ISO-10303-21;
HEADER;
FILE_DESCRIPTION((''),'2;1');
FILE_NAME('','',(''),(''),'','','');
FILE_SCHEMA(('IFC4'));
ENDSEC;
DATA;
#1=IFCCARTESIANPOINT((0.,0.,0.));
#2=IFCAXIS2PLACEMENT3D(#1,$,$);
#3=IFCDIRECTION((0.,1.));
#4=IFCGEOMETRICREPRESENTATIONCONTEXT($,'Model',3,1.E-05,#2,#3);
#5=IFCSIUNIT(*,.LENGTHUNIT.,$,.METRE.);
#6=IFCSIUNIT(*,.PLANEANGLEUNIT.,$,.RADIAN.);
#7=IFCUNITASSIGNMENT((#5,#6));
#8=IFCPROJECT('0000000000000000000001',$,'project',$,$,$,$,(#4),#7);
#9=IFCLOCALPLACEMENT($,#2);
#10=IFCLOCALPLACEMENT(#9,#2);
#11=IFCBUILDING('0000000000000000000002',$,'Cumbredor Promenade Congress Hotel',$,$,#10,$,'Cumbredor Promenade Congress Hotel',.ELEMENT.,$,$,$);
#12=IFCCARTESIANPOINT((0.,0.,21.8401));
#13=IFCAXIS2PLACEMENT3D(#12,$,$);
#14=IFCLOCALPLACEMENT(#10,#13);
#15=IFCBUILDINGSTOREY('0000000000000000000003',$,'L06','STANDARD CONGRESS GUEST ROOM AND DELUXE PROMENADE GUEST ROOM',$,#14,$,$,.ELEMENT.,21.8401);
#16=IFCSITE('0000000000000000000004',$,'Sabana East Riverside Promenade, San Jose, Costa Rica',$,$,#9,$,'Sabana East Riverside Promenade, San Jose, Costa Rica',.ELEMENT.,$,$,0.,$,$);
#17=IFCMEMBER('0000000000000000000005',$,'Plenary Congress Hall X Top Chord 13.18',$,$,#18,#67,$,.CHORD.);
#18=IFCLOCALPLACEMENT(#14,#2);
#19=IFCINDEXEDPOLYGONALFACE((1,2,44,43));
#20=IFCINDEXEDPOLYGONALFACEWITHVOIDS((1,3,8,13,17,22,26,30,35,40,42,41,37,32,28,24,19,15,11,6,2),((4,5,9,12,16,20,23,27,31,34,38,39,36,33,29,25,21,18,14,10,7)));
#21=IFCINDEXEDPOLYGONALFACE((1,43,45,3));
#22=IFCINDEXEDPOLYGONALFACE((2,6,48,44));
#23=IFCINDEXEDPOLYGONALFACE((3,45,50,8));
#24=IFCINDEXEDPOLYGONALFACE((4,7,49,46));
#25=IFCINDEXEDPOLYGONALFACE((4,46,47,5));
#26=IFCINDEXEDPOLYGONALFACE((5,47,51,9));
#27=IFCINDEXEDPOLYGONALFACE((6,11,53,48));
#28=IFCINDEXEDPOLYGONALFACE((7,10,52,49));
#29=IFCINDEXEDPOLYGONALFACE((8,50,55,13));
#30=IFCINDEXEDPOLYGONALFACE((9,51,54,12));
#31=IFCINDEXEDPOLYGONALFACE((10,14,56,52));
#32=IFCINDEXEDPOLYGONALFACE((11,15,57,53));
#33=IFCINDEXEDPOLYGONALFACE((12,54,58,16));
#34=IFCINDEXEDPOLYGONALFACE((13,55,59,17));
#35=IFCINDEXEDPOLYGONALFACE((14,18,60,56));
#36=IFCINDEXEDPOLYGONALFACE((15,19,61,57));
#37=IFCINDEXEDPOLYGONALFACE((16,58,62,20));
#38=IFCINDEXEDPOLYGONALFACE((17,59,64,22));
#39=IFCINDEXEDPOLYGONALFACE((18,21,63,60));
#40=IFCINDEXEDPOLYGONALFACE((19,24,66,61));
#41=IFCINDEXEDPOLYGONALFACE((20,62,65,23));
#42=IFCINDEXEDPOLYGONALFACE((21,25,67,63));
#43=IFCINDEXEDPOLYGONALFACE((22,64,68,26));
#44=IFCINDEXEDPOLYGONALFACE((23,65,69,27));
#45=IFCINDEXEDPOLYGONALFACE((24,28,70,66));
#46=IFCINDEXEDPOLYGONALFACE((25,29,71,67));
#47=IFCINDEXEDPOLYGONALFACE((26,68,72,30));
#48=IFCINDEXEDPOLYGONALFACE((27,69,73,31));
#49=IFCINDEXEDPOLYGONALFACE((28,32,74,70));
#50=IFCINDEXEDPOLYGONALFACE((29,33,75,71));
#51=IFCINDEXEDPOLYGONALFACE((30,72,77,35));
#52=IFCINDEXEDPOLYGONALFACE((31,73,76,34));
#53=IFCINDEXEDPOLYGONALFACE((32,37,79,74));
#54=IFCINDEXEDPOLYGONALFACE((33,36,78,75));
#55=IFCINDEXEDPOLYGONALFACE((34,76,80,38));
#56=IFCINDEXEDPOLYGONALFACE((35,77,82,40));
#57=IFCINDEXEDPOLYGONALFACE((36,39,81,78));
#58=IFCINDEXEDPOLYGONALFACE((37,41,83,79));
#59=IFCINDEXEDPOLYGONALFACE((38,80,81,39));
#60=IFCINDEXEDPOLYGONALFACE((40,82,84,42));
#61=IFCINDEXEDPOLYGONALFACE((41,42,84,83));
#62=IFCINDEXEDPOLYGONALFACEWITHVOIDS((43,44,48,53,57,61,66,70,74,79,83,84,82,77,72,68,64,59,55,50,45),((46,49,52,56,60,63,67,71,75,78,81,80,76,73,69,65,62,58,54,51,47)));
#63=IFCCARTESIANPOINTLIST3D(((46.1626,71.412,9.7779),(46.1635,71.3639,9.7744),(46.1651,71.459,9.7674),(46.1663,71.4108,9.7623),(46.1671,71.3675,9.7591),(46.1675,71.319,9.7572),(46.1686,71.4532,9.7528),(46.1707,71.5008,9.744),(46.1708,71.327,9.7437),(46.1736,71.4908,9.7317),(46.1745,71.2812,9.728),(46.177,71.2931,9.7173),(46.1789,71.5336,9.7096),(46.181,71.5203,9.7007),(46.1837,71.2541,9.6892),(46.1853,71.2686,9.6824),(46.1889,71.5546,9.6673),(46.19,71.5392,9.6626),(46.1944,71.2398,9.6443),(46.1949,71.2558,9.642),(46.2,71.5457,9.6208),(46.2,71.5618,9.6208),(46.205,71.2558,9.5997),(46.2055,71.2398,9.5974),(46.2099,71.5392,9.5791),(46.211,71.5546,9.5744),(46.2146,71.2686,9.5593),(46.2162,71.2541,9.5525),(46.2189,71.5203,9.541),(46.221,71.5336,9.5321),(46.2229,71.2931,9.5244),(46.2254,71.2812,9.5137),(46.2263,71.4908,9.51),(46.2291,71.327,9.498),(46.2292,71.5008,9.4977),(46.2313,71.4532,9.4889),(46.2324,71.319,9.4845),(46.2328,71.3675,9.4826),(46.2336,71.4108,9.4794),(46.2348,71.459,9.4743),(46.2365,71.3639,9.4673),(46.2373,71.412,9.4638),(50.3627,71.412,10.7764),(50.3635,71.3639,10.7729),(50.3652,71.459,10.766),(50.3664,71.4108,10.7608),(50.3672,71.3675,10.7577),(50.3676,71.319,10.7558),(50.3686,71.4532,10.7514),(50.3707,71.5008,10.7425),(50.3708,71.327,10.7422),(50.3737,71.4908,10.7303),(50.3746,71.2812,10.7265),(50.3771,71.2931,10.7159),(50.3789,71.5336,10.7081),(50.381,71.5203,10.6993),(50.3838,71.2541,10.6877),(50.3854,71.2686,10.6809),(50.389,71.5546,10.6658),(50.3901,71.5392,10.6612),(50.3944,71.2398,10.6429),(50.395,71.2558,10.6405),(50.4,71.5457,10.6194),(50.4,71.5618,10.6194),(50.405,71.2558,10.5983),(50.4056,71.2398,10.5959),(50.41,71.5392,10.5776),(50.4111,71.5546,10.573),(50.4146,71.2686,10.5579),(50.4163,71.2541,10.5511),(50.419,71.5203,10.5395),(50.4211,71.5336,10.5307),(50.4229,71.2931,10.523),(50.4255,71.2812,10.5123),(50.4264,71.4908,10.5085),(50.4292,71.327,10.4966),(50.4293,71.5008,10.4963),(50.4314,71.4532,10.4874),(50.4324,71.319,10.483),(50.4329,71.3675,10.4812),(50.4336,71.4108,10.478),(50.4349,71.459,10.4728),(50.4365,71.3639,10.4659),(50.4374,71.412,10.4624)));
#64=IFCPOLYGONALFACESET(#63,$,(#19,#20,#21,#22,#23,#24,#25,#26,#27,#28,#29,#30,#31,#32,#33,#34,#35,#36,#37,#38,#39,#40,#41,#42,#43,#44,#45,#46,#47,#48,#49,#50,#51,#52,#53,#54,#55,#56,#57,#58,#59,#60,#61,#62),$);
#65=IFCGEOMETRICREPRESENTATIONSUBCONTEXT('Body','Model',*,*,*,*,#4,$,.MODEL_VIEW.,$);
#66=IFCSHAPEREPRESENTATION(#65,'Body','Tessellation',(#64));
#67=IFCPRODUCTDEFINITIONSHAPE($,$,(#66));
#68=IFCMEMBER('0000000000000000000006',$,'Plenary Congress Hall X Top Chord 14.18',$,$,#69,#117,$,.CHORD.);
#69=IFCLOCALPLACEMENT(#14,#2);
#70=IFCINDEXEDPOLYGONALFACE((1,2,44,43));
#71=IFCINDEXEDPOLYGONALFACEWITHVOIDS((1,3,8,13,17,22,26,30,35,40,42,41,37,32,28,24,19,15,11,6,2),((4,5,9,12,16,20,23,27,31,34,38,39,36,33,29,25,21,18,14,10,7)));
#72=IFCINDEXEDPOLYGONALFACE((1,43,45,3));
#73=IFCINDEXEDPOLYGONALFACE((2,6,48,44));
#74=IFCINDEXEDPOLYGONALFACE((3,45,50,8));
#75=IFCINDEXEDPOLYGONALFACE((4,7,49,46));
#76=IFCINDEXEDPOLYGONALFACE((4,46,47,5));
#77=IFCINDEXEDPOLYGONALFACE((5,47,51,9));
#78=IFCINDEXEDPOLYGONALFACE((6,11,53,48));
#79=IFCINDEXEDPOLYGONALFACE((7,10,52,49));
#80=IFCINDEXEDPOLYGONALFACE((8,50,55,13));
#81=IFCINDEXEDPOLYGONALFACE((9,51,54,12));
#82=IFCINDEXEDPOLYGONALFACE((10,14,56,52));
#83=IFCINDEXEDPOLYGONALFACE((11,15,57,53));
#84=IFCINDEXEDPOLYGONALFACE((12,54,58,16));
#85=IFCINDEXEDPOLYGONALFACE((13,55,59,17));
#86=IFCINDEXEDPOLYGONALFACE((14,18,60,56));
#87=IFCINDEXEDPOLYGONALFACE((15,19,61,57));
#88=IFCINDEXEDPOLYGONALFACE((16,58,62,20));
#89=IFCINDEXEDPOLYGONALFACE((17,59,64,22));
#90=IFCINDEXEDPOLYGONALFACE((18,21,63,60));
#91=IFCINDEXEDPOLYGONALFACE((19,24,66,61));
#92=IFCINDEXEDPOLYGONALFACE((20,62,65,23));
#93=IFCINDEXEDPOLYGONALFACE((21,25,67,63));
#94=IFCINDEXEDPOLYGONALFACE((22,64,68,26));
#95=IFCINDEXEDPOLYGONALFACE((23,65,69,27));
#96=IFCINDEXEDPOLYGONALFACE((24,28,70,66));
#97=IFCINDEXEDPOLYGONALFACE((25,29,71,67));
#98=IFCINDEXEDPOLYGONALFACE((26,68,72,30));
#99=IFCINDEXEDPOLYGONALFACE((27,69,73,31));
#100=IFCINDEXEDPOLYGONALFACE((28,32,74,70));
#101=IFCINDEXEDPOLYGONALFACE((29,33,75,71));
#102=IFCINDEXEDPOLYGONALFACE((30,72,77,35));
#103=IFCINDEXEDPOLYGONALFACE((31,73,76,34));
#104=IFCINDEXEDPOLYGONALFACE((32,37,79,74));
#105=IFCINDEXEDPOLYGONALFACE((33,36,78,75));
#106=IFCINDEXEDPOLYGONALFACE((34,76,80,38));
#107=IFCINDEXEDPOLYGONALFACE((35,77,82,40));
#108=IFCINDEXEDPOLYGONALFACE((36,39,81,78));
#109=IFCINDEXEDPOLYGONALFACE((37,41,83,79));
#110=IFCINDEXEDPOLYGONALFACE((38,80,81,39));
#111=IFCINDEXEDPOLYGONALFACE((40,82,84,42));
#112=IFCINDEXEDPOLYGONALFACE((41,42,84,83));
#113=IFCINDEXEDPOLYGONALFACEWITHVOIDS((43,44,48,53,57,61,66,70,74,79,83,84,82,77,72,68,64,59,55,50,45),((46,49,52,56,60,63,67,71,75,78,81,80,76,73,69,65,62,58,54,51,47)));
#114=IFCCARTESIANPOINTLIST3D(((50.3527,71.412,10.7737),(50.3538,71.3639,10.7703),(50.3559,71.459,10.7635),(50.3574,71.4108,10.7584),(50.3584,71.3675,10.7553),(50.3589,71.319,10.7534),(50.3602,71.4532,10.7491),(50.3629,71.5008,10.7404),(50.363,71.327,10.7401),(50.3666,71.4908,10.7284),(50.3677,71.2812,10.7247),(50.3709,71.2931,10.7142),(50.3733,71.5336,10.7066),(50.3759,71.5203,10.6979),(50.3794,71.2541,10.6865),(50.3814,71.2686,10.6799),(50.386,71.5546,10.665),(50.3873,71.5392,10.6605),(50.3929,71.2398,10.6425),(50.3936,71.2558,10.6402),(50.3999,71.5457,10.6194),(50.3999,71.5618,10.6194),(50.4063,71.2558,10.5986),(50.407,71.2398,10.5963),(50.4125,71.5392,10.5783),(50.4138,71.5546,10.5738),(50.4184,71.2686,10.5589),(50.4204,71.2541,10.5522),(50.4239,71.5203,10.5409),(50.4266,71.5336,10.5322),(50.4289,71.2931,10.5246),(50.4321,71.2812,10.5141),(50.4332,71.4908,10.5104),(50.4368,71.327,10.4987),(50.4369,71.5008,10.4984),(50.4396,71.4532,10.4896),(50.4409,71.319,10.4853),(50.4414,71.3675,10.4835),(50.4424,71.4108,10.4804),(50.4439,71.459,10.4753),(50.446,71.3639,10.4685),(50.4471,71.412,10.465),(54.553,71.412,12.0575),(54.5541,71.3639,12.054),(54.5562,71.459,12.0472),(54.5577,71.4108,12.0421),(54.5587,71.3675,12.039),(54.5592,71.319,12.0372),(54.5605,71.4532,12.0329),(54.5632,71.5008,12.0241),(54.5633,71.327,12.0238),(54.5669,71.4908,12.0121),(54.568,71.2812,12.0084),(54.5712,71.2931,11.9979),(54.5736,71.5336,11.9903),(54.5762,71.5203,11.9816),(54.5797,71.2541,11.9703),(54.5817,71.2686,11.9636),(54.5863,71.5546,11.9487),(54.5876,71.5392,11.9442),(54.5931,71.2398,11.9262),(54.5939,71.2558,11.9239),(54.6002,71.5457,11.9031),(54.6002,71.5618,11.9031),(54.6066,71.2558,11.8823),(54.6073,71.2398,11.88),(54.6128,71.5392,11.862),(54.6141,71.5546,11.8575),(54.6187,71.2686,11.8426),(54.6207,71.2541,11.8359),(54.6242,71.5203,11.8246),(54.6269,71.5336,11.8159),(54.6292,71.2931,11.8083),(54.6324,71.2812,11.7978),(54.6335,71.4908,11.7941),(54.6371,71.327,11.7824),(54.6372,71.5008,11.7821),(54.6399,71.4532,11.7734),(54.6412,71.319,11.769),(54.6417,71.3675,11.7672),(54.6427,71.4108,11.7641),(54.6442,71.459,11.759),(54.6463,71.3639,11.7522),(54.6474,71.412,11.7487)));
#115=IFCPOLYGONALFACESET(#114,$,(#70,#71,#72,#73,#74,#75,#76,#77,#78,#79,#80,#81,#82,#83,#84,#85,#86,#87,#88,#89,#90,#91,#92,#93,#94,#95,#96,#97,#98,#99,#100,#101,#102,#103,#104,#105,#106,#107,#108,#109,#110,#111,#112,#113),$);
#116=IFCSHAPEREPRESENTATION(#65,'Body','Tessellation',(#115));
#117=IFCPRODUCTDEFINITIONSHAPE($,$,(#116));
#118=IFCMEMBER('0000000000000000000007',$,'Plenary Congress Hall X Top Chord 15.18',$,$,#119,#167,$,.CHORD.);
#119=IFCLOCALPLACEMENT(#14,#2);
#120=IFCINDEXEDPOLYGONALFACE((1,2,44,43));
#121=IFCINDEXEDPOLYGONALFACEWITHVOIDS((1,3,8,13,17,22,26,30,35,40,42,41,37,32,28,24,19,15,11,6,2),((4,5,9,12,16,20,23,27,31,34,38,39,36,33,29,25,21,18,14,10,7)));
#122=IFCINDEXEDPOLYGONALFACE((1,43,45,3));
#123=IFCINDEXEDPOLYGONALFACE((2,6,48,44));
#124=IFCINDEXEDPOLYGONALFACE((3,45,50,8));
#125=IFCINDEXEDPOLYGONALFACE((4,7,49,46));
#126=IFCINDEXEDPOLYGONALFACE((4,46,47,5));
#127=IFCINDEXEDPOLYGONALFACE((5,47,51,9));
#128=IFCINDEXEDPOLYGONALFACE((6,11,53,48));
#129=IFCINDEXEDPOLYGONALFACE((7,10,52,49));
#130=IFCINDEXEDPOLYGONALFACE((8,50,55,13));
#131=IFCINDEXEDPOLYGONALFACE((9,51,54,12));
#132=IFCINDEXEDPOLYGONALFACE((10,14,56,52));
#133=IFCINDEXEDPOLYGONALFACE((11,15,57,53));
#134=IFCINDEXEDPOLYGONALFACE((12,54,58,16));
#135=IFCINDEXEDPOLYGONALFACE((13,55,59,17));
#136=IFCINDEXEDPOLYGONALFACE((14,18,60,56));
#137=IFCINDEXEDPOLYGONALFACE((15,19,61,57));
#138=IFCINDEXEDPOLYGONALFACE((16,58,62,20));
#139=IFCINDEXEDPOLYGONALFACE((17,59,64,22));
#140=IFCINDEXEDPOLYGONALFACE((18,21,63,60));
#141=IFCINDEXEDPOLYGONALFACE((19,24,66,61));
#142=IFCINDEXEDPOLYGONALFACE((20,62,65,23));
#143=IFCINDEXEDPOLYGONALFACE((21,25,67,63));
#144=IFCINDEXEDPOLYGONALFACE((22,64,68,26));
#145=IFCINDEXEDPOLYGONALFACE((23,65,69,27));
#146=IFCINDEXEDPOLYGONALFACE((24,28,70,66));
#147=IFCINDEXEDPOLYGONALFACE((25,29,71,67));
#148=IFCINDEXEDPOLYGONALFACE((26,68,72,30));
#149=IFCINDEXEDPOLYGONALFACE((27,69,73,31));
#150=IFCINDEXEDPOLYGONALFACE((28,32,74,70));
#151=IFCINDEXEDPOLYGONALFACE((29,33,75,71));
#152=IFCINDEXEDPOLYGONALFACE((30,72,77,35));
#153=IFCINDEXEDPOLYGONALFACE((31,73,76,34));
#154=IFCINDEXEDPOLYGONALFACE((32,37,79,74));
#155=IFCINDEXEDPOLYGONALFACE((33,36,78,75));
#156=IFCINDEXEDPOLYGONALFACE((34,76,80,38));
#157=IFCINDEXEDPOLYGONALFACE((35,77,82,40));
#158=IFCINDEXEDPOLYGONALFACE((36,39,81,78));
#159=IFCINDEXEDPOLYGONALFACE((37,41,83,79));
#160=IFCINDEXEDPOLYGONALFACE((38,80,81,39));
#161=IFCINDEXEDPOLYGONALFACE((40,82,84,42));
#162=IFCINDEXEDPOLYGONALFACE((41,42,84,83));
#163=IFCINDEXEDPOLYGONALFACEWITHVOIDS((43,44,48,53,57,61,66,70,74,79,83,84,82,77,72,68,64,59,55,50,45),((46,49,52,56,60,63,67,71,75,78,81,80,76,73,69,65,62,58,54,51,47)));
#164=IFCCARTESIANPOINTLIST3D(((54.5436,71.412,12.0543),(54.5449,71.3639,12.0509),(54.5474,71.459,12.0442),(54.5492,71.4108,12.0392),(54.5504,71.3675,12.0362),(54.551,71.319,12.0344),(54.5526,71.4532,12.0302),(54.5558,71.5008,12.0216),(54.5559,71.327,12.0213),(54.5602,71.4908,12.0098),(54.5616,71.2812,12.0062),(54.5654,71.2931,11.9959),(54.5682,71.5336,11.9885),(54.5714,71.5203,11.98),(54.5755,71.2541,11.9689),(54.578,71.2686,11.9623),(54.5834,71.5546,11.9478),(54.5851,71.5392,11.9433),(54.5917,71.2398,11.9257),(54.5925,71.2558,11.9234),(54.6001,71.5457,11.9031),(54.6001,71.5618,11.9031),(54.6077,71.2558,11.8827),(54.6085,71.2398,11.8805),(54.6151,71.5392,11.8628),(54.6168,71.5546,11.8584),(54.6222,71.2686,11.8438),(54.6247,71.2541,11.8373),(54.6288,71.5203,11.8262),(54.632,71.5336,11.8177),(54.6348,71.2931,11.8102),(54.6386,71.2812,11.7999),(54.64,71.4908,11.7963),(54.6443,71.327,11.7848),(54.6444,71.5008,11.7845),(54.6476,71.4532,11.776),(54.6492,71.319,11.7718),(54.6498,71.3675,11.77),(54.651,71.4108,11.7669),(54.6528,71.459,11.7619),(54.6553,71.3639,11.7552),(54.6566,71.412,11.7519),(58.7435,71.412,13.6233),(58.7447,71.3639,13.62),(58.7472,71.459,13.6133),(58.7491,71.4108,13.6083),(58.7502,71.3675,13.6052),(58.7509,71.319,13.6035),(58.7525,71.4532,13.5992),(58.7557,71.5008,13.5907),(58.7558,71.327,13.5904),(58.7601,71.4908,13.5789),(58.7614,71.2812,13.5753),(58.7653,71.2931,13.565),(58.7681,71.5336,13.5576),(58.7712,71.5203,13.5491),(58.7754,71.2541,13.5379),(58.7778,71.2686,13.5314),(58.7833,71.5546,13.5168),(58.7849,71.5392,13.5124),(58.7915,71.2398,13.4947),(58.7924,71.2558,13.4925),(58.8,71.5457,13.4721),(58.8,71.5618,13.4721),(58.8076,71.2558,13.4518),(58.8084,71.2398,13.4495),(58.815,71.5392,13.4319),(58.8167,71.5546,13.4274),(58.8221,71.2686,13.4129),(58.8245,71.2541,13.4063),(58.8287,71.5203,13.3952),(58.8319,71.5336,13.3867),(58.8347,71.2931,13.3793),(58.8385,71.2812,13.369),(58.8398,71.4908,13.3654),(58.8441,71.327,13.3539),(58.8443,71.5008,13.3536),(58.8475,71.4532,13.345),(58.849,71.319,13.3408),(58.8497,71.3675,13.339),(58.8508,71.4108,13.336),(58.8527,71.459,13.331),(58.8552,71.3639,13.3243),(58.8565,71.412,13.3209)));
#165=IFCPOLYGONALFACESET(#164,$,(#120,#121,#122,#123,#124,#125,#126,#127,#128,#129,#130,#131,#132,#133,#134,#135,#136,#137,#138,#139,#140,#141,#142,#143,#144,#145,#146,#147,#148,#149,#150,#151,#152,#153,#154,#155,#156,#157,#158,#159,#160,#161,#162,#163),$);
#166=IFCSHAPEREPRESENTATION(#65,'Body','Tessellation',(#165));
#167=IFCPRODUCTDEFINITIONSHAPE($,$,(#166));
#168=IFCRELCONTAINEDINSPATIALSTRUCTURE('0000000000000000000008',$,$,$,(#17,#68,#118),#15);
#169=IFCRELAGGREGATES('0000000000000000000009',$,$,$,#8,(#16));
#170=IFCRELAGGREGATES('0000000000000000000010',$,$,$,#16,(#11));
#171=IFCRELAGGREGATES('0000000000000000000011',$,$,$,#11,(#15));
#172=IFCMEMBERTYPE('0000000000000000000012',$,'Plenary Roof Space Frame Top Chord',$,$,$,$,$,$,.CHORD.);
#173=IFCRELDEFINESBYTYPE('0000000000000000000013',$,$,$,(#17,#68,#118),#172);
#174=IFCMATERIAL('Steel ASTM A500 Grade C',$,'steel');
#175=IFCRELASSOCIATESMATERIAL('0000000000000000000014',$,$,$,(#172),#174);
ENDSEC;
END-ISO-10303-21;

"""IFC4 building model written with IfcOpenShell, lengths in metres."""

from ifc_helpers import new_model, si_unit, direction, frame, origin, origin_2d, place, context, subcontext, project, spatial, hollow_circle, extrude, material, material_profile, profile_set, type_object, element, save


model = new_model("IFC4")

# Units and contexts
model_context = context("Model", 3, precision=1e-05, world=origin(), true_north=direction((0.0, 1.0)))
body_context = subcontext(model_context, "Body", "Model", "MODEL_VIEW")
ifc_project = project(units=[si_unit("LENGTHUNIT", "METRE"), si_unit("PLANEANGLEUNIT", "RADIAN")], contexts=[model_context])

# Site, building, storey
site_placement = place(None, origin())
site = spatial("IfcSite", under=ifc_project, at=site_placement, Name="Sabana East Riverside Promenade, San Jose, Costa Rica", LongName="Sabana East Riverside Promenade, San Jose, Costa Rica", CompositionType="ELEMENT", RefElevation=0.0)
building_placement = place(site_placement, origin())
building = spatial("IfcBuilding", under=site, at=building_placement, Name="Cumbredor Promenade Congress Hotel", LongName="Cumbredor Promenade Congress Hotel", CompositionType="ELEMENT")
storey_placement = place(building_placement, frame((0.0, 0.0, 21.8401)))
storey = spatial("IfcBuildingStorey", under=building, at=storey_placement, Name="L06", Description="STANDARD CONGRESS GUEST ROOM AND DELUXE PROMENADE GUEST ROOM", CompositionType="ELEMENT", Elevation=21.8401)

# Members
ifc_material_1 = material(Name="Steel ASTM A500 Grade C", Category="steel")
ifc_material_profile_1 = material_profile(ifc_material_1, hollow_circle(Radius=0.1619, WallThickness=0.0161, at=origin_2d()), Name="CHS 323.9x16")
ifc_profile_set_1 = profile_set([ifc_material_profile_1], Name="Steel ASTM A500 Grade C")
member_type_1 = type_object("IfcMemberType", Name="Plenary Roof Space Frame Top Chord", PredefinedType="CHORD", material=ifc_profile_set_1)
member_1_placement = place(storey_placement, frame((46.2, 71.3999, 9.6208), z_axis=(0.972882, 0.0, 0.231302), x_axis=(0.0, 1.0, 0.0)))
element("IfcMember", 1, at=member_1_placement, inside=storey, type_object=member_type_1, Name="Plenary Congress Hall X Top Chord 13.18", PredefinedType="CHORD", context=body_context, shape_type="SweptSolid", body=[
    extrude(hollow_circle(Radius=0.1619, WallThickness=0.0161, at=origin_2d()), origin(), (0.0, 0.0, 1.0), 4.3171),
])
member_2_placement = place(storey_placement, frame((50.3999, 71.3999, 10.6194), z_axis=(0.956333, 0.0, 0.292281), x_axis=(0.0, 1.0, 0.0)))
element("IfcMember", 2, at=member_2_placement, inside=storey, type_object=member_type_1, Name="Plenary Congress Hall X Top Chord 14.18", PredefinedType="CHORD", context=body_context, shape_type="SweptSolid", body=[
    extrude(hollow_circle(Radius=0.1619, WallThickness=0.0161, at=origin_2d()), origin(), (0.0, 0.0, 1.0), 4.3921),
])
member_3_placement = place(storey_placement, frame((54.6001, 71.3999, 11.9031), z_axis=(0.93676, 0.0, 0.349971), x_axis=(0.0, 1.0, 0.0)))
element("IfcMember", 3, at=member_3_placement, inside=storey, type_object=member_type_1, Name="Plenary Congress Hall X Top Chord 15.18", PredefinedType="CHORD", context=body_context, shape_type="SweptSolid", body=[
    extrude(hollow_circle(Radius=0.1619, WallThickness=0.0161, at=origin_2d()), origin(), (0.0, 0.0, 1.0), 4.4834),
])

save(model, "model.ifc")
